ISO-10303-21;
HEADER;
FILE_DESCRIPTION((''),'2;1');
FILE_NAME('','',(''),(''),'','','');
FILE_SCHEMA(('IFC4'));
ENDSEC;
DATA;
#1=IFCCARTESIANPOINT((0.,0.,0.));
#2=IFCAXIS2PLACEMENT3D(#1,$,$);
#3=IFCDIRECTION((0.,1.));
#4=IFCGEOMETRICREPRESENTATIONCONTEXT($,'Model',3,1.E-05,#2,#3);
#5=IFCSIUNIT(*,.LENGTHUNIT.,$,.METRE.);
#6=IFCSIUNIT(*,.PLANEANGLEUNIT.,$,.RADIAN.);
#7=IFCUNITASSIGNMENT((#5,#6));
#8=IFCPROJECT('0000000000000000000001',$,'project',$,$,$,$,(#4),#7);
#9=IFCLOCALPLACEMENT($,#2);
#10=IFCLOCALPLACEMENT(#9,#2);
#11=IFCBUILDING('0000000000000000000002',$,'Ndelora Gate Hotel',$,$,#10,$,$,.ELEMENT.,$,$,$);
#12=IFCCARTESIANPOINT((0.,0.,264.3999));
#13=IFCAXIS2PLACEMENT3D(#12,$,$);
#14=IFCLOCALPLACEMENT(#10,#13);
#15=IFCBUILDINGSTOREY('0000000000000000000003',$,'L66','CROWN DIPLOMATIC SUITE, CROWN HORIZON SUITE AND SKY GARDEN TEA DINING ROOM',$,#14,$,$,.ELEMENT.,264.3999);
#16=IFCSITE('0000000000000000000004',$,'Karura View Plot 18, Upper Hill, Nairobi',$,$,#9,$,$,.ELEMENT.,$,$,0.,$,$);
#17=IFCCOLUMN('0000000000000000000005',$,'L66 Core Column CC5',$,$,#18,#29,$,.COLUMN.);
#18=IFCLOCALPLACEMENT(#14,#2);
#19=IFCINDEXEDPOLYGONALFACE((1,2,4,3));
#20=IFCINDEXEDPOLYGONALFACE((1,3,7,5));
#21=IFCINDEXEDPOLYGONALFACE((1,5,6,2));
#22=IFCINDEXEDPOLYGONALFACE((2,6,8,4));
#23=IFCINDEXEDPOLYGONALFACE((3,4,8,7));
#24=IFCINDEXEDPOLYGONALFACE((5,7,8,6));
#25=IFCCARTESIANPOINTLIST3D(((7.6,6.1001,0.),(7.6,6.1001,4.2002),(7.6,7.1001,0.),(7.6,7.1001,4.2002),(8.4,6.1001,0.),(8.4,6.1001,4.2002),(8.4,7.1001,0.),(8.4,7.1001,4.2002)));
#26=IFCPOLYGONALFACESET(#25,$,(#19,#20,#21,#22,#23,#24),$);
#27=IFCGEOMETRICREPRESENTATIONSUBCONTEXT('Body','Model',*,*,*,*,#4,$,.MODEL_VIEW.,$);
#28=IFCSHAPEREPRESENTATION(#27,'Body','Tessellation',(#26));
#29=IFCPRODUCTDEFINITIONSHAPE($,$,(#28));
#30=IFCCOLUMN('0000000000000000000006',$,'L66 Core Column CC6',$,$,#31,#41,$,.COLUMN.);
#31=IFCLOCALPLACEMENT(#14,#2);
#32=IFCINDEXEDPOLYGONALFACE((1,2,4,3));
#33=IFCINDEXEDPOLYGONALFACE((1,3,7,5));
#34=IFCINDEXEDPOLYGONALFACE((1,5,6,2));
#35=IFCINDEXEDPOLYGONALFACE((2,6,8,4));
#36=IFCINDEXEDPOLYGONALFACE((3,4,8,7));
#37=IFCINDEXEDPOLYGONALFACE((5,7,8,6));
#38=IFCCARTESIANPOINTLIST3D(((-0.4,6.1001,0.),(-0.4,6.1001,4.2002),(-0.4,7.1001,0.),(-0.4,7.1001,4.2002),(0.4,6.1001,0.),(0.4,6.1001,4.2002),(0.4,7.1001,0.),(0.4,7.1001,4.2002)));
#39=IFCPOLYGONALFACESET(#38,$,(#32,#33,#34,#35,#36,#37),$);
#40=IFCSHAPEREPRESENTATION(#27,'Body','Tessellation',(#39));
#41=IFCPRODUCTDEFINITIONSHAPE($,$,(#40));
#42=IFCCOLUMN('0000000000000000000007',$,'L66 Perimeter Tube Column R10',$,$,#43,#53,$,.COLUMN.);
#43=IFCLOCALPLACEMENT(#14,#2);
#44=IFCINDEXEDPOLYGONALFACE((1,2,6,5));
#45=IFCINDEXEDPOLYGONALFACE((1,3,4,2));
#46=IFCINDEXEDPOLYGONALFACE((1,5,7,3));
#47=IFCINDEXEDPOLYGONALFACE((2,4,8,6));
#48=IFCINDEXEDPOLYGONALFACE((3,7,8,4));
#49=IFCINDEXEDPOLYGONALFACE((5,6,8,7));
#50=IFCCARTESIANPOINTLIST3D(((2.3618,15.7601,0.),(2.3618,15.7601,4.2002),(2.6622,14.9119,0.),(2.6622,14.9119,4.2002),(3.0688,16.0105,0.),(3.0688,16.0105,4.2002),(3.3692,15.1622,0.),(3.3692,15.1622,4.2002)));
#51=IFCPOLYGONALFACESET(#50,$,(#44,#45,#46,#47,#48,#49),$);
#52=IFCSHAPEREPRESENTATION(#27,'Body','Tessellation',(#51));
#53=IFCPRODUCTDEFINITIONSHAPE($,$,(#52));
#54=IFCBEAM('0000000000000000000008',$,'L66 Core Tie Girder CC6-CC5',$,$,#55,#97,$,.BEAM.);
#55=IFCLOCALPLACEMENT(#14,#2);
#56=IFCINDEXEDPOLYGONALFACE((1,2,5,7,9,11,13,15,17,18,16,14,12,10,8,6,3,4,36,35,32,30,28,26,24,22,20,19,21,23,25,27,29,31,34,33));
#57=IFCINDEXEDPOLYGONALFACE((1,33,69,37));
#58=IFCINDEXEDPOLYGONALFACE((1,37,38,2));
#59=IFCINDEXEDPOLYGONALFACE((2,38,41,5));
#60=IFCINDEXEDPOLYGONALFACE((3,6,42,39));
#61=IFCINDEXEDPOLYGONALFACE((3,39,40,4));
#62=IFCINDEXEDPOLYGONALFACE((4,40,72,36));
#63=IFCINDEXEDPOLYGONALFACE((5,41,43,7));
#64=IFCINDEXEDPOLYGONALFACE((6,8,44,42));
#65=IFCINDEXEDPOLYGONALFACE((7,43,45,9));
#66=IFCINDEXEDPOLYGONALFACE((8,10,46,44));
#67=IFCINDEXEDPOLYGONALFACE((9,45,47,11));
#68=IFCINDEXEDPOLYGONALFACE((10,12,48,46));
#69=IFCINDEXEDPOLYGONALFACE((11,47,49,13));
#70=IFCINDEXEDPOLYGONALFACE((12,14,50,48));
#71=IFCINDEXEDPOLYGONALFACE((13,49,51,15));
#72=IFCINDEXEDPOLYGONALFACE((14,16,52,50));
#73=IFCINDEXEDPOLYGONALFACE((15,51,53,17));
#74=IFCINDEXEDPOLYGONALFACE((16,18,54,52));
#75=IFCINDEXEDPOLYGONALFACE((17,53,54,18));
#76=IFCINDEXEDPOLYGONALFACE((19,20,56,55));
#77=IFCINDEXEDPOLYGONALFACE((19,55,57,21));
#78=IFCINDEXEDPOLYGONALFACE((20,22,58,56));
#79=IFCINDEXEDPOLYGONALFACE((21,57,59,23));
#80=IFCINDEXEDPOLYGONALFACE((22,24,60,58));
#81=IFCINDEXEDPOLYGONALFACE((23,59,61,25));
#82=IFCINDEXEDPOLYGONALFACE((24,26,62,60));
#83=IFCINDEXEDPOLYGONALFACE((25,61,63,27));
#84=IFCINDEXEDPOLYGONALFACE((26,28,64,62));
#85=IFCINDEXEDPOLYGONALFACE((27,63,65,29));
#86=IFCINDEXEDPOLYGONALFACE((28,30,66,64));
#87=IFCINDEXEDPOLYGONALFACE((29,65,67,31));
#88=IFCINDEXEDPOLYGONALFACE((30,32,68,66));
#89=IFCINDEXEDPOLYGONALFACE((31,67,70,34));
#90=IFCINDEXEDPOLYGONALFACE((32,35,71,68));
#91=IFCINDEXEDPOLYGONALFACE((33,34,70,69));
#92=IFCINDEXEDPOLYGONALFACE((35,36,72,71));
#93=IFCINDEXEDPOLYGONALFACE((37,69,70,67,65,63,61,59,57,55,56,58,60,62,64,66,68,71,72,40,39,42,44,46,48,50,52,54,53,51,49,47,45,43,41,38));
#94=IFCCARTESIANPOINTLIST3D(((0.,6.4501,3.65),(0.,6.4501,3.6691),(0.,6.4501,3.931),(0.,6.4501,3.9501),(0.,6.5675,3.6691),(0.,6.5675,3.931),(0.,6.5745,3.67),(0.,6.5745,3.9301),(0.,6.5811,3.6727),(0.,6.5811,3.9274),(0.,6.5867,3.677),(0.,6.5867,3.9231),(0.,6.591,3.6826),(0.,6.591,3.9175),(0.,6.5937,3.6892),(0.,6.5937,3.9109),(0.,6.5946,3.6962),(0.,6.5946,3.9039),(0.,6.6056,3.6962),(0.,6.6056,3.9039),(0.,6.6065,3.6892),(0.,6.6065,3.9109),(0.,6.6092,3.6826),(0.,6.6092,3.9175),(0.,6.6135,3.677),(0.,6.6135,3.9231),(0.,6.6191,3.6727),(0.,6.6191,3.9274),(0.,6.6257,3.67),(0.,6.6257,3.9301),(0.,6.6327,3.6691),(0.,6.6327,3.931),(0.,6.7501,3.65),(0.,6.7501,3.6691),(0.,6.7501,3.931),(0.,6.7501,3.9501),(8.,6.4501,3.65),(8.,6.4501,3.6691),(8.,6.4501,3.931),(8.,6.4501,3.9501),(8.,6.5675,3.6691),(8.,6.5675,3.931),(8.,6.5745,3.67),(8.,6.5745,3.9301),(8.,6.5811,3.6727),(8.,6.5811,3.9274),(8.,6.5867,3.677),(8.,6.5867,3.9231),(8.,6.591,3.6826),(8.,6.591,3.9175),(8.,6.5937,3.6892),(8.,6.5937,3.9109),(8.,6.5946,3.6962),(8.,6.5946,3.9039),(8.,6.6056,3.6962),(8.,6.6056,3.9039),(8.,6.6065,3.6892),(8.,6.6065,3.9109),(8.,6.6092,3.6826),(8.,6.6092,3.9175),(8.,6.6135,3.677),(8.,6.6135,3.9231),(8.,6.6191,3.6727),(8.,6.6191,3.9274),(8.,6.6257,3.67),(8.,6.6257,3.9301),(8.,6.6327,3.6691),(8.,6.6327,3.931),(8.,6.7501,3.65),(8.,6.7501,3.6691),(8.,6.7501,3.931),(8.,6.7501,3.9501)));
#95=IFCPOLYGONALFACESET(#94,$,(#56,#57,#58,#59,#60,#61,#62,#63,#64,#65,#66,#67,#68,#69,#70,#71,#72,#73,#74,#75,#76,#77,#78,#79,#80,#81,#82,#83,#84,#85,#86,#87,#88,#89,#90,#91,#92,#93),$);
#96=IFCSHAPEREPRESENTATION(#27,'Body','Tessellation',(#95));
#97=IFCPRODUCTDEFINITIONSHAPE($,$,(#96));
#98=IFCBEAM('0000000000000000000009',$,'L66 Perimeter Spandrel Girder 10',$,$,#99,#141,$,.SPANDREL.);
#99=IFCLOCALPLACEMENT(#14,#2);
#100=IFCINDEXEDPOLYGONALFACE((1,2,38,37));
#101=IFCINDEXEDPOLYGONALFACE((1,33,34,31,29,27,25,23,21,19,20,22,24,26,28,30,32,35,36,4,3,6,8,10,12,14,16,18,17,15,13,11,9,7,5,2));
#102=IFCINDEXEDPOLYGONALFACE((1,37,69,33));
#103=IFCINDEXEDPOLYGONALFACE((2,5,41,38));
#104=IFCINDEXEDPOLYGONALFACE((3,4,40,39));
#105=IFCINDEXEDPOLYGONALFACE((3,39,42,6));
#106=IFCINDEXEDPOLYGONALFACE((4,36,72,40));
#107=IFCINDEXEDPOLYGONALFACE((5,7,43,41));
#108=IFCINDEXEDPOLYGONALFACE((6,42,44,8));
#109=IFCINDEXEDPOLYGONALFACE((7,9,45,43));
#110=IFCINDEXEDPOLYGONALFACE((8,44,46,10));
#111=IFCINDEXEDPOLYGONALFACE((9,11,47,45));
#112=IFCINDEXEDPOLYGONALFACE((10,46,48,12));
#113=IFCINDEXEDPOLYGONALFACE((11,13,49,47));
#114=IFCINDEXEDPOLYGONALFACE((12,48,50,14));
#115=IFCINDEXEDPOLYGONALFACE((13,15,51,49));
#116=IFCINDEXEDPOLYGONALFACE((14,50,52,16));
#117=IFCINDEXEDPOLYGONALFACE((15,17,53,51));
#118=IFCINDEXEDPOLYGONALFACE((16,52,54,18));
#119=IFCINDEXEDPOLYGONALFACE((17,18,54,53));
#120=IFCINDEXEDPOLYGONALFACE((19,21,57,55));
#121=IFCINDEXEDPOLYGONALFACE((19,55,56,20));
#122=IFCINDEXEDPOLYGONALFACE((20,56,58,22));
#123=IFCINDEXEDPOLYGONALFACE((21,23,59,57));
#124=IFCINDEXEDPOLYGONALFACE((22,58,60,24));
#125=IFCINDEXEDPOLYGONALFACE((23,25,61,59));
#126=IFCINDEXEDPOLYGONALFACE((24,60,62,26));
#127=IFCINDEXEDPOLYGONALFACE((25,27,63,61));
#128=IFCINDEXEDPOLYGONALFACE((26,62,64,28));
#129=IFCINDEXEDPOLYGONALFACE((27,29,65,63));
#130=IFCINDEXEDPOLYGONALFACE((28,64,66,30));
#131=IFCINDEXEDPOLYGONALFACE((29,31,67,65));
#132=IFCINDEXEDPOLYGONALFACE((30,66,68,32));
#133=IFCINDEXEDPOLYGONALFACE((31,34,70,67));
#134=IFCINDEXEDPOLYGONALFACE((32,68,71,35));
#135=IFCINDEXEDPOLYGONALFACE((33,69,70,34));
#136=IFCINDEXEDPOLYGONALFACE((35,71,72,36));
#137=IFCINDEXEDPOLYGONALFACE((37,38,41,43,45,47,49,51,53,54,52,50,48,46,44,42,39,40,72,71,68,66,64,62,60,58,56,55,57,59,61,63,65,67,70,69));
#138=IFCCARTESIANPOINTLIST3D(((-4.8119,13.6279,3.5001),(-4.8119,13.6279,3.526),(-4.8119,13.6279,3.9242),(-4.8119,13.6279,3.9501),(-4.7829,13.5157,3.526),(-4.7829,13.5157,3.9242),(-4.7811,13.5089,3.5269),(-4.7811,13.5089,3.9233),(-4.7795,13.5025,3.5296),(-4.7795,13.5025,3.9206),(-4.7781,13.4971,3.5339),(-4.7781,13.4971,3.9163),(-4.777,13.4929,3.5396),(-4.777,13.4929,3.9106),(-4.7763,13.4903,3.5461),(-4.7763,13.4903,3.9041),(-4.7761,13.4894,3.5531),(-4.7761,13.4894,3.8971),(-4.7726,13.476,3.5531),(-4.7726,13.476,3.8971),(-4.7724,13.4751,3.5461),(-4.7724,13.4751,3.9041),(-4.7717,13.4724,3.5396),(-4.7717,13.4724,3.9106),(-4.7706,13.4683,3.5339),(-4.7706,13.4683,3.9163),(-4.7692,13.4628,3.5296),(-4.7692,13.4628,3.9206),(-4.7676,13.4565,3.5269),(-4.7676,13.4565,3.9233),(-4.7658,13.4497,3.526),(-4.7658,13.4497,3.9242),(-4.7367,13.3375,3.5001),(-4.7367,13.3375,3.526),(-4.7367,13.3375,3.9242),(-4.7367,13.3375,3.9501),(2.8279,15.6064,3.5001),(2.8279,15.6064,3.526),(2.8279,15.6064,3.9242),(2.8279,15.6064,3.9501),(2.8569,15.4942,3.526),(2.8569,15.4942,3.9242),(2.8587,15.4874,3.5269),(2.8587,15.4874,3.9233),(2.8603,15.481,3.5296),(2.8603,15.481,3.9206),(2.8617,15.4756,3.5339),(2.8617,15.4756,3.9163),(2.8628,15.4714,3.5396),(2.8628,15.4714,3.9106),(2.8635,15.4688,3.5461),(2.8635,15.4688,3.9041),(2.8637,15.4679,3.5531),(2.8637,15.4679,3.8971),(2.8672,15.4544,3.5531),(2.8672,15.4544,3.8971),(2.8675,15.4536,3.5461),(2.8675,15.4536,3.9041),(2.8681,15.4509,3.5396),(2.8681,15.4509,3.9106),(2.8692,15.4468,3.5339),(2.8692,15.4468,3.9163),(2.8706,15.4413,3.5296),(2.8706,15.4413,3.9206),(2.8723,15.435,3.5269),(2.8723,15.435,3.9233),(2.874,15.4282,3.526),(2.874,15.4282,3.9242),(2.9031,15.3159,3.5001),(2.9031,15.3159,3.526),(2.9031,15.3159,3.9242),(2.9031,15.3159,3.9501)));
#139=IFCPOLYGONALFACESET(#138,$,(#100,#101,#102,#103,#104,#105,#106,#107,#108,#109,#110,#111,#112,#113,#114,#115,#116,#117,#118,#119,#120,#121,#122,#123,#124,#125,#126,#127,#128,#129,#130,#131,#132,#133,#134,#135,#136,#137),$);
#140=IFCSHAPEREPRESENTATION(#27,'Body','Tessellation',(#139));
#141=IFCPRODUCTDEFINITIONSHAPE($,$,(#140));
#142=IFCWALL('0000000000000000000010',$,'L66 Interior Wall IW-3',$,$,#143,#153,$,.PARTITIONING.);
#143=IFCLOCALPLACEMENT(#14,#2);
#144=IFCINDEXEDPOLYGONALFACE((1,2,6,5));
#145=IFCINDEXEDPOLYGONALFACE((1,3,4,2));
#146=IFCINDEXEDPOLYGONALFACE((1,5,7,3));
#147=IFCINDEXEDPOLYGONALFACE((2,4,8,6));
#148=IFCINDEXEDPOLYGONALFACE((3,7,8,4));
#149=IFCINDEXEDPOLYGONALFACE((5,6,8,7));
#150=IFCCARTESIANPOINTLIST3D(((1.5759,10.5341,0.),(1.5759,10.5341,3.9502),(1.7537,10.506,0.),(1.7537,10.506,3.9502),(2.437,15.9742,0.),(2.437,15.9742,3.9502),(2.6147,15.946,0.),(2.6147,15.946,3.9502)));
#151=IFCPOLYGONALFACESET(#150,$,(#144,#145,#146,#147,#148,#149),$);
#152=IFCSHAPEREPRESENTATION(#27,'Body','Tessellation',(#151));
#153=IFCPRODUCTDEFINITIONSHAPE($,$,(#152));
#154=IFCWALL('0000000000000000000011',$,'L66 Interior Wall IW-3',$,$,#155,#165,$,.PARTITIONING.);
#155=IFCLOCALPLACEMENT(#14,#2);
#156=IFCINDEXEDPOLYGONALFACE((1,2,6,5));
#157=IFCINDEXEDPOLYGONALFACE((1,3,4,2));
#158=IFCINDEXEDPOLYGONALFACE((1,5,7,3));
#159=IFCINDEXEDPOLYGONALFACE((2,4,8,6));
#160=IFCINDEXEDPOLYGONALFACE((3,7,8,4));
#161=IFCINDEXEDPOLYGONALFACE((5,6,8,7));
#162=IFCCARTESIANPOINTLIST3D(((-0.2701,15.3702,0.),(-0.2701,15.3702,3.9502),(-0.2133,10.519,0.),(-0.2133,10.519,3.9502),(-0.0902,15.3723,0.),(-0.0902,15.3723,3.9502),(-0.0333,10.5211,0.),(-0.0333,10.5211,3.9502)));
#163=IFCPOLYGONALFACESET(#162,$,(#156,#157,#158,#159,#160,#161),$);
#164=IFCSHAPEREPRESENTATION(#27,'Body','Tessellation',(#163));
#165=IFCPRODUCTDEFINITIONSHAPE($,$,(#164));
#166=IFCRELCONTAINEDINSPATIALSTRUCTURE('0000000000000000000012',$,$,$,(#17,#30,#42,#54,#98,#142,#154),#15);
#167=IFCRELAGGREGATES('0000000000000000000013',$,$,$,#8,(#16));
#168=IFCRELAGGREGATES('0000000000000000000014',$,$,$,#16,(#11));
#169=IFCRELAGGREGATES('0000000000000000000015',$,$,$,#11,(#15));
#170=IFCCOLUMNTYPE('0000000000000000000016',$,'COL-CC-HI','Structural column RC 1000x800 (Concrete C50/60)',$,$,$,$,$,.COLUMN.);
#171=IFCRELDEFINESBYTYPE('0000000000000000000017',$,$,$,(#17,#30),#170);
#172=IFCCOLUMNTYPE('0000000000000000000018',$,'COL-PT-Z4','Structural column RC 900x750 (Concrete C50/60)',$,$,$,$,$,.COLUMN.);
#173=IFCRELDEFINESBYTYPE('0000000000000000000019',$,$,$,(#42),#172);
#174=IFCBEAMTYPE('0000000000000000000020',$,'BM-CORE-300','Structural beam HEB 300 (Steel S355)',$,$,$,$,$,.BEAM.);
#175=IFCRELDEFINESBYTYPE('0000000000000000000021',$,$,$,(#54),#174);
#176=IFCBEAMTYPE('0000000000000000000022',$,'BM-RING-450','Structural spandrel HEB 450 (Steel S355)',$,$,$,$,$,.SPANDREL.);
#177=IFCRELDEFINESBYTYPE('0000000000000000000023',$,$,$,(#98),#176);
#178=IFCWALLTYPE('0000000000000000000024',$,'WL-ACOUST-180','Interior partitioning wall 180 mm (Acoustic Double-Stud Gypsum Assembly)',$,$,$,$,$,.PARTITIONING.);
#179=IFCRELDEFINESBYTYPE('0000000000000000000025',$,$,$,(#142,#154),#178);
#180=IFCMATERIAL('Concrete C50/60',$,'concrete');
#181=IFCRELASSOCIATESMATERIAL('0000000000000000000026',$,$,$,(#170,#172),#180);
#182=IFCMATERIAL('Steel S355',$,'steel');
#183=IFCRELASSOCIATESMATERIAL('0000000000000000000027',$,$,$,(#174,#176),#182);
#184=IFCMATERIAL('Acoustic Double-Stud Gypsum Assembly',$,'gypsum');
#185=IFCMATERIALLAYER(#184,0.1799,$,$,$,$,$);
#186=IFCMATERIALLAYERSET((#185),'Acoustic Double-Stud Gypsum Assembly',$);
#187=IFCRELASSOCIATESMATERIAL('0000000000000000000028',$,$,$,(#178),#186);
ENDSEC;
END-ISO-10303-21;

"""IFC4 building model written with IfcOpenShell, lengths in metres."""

from ifc_helpers import new_model, si_unit, direction, frame, frame_2d, origin, origin_2d, place, context, subcontext, project, spatial, rectangle, i_section, extrude, material, layer, layer_set, material_profile, profile_set, type_object, element, save


model = new_model("IFC4")

# Units and contexts
model_context = context("Model", 3, precision=1e-05, world=origin(), true_north=direction((0.0, 1.0)))
body_context = subcontext(model_context, "Body", "Model", "MODEL_VIEW")
ifc_project = project(units=[si_unit("LENGTHUNIT", "METRE"), si_unit("PLANEANGLEUNIT", "RADIAN")], contexts=[model_context])

# Site, building, storey
site_placement = place(None, origin())
site = spatial("IfcSite", under=ifc_project, at=site_placement, Name="Karura View Plot 18, Upper Hill, Nairobi", CompositionType="ELEMENT", RefElevation=0.0)
building_placement = place(site_placement, origin())
building = spatial("IfcBuilding", under=site, at=building_placement, Name="Ndelora Gate Hotel", CompositionType="ELEMENT")
storey_placement = place(building_placement, frame((0.0, 0.0, 264.3999)))
storey = spatial("IfcBuildingStorey", under=building, at=storey_placement, Name="L66", Description="CROWN DIPLOMATIC SUITE, CROWN HORIZON SUITE AND SKY GARDEN TEA DINING ROOM", CompositionType="ELEMENT", Elevation=264.3999)

# Columns
ifc_material_1 = material(Name="Concrete C50/60", Category="concrete")
ifc_material_profile_1 = material_profile(ifc_material_1, rectangle(XDim=0.8, YDim=1.0, at=origin_2d()), Name="RC 1000x800")
ifc_profile_set_1 = profile_set([ifc_material_profile_1], Name="Concrete C50/60")
column_type_1 = type_object("IfcColumnType", Name="COL-CC-HI", Description="Structural column RC 1000x800 (Concrete C50/60)", PredefinedType="COLUMN", material=ifc_profile_set_1)
for number, where, z_axis, x_axis, name in (
    (1, (8.0, 6.6001, 0.0), (0.0, 0.0, 1.0), (1.0, 0.0, 0.0), "L66 Core Column CC5"),
    (2, (0.0, 6.6001, 0.0), (0.0, 0.0, 1.0), (1.0, 0.0, 0.0), "L66 Core Column CC6"),
):
    element("IfcColumn", number, at=place(storey_placement, frame(where, z_axis=z_axis, x_axis=x_axis)), inside=storey, type_object=column_type_1, Name=name, PredefinedType="COLUMN", context=body_context, shape_type="SweptSolid", body=[
        extrude(rectangle(XDim=0.8, YDim=1.0, at=origin_2d()), origin(), (0.0, 0.0, 1.0), 4.2002),
    ])
ifc_material_profile_2 = material_profile(ifc_material_1, rectangle(XDim=0.75, YDim=0.8999, at=origin_2d()), Name="RC 900x750")
ifc_profile_set_2 = profile_set([ifc_material_profile_2], Name="Concrete C50/60")
column_type_2 = type_object("IfcColumnType", Name="COL-PT-Z4", Description="Structural column RC 900x750 (Concrete C50/60)", PredefinedType="COLUMN", material=ifc_profile_set_2)
column_placement = place(storey_placement, frame((2.8655, 15.4612, 0.0), z_axis=(0.0, 0.0, 1.0), x_axis=(0.942641, 0.333807, 0.0)))
element("IfcColumn", 3, at=column_placement, inside=storey, type_object=column_type_2, Name="L66 Perimeter Tube Column R10", PredefinedType="COLUMN", context=body_context, shape_type="SweptSolid", body=[
    extrude(rectangle(XDim=0.75, YDim=0.8999, at=origin_2d()), origin(), (0.0, 0.0, 1.0), 4.2002),
])

# Beams
ifc_material_2 = material(Name="Steel S355", Category="steel")
ifc_material_profile_3 = material_profile(ifc_material_2, i_section(OverallWidth=0.3, OverallDepth=0.3, WebThickness=0.011, FlangeThickness=0.019, FilletRadius=0.0271, at=origin_2d()), Name="HEB 300")
ifc_profile_set_3 = profile_set([ifc_material_profile_3], Name="Steel S355")
beam_type_1 = type_object("IfcBeamType", Name="BM-CORE-300", Description="Structural beam HEB 300 (Steel S355)", PredefinedType="BEAM", material=ifc_profile_set_3)
beam_1_placement = place(storey_placement, frame((0.0, 6.6001, 3.8), z_axis=(1.0, 0.0, 0.0), x_axis=(0.0, 1.0, 0.0)))
element("IfcBeam", 4, at=beam_1_placement, inside=storey, type_object=beam_type_1, Name="L66 Core Tie Girder CC6-CC5", PredefinedType="BEAM", context=body_context, shape_type="SweptSolid", body=[
    extrude(i_section(OverallWidth=0.3, OverallDepth=0.3, WebThickness=0.011, FlangeThickness=0.019, FilletRadius=0.0271, at=origin_2d()), origin(), (0.0, 0.0, 1.0), 8.0),
])
ifc_material_profile_4 = material_profile(ifc_material_2, i_section(OverallWidth=0.3, OverallDepth=0.45, WebThickness=0.0139, FlangeThickness=0.0259, FilletRadius=0.0271, at=origin_2d()), Name="HEB 450")
ifc_profile_set_4 = profile_set([ifc_material_profile_4], Name="Steel S355")
beam_type_2 = type_object("IfcBeamType", Name="BM-RING-450", Description="Structural spandrel HEB 450 (Steel S355)", PredefinedType="SPANDREL", material=ifc_profile_set_4)
beam_2_placement = place(storey_placement, frame((2.8655, 15.4612, 3.7251), z_axis=(-0.968064, -0.250701, 0.0), x_axis=(0.250701, -0.968064, 0.0)))
element("IfcBeam", 5, at=beam_2_placement, inside=storey, type_object=beam_type_2, Name="L66 Perimeter Spandrel Girder 10", PredefinedType="SPANDREL", context=body_context, shape_type="SweptSolid", body=[
    extrude(i_section(OverallWidth=0.3, OverallDepth=0.45, WebThickness=0.0139, FlangeThickness=0.0259, FilletRadius=0.0271, at=origin_2d()), origin(), (0.0, 0.0, 1.0), 7.8918),
])

# Walls
ifc_material_3 = material(Name="Acoustic Double-Stud Gypsum Assembly", Category="gypsum")
ifc_layer_1 = layer(ifc_material_3, 0.1799)
ifc_layer_set_1 = layer_set([ifc_layer_1], Name="Acoustic Double-Stud Gypsum Assembly")
wall_type_1 = type_object("IfcWallType", Name="WL-ACOUST-180", Description="Interior partitioning wall 180 mm (Acoustic Double-Stud Gypsum Assembly)", PredefinedType="PARTITIONING", material=ifc_layer_set_1)
wall_1_placement = place(storey_placement, frame((1.6648, 10.52, 0.0), z_axis=(0.0, 0.0, 1.0), x_axis=(0.156336, 0.987704, 0.0)))
element("IfcWall", 6, at=wall_1_placement, inside=storey, type_object=wall_type_1, Name="L66 Interior Wall IW-3", PredefinedType="PARTITIONING", context=body_context, shape_type="SweptSolid", body=[
    extrude(rectangle(XDim=5.5078, YDim=0.1799, at=frame_2d((2.7539, 0.0))), origin(), (0.0, 0.0, 1.0), 3.9502),
])
wall_2_placement = place(storey_placement, frame((-0.1233, 10.52, 0.0), z_axis=(0.0, 0.0, 1.0), x_axis=(-0.011725, 0.999931, 0.0)))
element("IfcWall", 7, at=wall_2_placement, inside=storey, type_object=wall_type_1, Name="L66 Interior Wall IW-3", PredefinedType="PARTITIONING", context=body_context, shape_type="SweptSolid", body=[
    extrude(rectangle(XDim=4.8516, YDim=0.1799, at=frame_2d((2.4258, 0.0))), origin(), (0.0, 0.0, 1.0), 3.9502),
])

save(model, "model.ifc")
